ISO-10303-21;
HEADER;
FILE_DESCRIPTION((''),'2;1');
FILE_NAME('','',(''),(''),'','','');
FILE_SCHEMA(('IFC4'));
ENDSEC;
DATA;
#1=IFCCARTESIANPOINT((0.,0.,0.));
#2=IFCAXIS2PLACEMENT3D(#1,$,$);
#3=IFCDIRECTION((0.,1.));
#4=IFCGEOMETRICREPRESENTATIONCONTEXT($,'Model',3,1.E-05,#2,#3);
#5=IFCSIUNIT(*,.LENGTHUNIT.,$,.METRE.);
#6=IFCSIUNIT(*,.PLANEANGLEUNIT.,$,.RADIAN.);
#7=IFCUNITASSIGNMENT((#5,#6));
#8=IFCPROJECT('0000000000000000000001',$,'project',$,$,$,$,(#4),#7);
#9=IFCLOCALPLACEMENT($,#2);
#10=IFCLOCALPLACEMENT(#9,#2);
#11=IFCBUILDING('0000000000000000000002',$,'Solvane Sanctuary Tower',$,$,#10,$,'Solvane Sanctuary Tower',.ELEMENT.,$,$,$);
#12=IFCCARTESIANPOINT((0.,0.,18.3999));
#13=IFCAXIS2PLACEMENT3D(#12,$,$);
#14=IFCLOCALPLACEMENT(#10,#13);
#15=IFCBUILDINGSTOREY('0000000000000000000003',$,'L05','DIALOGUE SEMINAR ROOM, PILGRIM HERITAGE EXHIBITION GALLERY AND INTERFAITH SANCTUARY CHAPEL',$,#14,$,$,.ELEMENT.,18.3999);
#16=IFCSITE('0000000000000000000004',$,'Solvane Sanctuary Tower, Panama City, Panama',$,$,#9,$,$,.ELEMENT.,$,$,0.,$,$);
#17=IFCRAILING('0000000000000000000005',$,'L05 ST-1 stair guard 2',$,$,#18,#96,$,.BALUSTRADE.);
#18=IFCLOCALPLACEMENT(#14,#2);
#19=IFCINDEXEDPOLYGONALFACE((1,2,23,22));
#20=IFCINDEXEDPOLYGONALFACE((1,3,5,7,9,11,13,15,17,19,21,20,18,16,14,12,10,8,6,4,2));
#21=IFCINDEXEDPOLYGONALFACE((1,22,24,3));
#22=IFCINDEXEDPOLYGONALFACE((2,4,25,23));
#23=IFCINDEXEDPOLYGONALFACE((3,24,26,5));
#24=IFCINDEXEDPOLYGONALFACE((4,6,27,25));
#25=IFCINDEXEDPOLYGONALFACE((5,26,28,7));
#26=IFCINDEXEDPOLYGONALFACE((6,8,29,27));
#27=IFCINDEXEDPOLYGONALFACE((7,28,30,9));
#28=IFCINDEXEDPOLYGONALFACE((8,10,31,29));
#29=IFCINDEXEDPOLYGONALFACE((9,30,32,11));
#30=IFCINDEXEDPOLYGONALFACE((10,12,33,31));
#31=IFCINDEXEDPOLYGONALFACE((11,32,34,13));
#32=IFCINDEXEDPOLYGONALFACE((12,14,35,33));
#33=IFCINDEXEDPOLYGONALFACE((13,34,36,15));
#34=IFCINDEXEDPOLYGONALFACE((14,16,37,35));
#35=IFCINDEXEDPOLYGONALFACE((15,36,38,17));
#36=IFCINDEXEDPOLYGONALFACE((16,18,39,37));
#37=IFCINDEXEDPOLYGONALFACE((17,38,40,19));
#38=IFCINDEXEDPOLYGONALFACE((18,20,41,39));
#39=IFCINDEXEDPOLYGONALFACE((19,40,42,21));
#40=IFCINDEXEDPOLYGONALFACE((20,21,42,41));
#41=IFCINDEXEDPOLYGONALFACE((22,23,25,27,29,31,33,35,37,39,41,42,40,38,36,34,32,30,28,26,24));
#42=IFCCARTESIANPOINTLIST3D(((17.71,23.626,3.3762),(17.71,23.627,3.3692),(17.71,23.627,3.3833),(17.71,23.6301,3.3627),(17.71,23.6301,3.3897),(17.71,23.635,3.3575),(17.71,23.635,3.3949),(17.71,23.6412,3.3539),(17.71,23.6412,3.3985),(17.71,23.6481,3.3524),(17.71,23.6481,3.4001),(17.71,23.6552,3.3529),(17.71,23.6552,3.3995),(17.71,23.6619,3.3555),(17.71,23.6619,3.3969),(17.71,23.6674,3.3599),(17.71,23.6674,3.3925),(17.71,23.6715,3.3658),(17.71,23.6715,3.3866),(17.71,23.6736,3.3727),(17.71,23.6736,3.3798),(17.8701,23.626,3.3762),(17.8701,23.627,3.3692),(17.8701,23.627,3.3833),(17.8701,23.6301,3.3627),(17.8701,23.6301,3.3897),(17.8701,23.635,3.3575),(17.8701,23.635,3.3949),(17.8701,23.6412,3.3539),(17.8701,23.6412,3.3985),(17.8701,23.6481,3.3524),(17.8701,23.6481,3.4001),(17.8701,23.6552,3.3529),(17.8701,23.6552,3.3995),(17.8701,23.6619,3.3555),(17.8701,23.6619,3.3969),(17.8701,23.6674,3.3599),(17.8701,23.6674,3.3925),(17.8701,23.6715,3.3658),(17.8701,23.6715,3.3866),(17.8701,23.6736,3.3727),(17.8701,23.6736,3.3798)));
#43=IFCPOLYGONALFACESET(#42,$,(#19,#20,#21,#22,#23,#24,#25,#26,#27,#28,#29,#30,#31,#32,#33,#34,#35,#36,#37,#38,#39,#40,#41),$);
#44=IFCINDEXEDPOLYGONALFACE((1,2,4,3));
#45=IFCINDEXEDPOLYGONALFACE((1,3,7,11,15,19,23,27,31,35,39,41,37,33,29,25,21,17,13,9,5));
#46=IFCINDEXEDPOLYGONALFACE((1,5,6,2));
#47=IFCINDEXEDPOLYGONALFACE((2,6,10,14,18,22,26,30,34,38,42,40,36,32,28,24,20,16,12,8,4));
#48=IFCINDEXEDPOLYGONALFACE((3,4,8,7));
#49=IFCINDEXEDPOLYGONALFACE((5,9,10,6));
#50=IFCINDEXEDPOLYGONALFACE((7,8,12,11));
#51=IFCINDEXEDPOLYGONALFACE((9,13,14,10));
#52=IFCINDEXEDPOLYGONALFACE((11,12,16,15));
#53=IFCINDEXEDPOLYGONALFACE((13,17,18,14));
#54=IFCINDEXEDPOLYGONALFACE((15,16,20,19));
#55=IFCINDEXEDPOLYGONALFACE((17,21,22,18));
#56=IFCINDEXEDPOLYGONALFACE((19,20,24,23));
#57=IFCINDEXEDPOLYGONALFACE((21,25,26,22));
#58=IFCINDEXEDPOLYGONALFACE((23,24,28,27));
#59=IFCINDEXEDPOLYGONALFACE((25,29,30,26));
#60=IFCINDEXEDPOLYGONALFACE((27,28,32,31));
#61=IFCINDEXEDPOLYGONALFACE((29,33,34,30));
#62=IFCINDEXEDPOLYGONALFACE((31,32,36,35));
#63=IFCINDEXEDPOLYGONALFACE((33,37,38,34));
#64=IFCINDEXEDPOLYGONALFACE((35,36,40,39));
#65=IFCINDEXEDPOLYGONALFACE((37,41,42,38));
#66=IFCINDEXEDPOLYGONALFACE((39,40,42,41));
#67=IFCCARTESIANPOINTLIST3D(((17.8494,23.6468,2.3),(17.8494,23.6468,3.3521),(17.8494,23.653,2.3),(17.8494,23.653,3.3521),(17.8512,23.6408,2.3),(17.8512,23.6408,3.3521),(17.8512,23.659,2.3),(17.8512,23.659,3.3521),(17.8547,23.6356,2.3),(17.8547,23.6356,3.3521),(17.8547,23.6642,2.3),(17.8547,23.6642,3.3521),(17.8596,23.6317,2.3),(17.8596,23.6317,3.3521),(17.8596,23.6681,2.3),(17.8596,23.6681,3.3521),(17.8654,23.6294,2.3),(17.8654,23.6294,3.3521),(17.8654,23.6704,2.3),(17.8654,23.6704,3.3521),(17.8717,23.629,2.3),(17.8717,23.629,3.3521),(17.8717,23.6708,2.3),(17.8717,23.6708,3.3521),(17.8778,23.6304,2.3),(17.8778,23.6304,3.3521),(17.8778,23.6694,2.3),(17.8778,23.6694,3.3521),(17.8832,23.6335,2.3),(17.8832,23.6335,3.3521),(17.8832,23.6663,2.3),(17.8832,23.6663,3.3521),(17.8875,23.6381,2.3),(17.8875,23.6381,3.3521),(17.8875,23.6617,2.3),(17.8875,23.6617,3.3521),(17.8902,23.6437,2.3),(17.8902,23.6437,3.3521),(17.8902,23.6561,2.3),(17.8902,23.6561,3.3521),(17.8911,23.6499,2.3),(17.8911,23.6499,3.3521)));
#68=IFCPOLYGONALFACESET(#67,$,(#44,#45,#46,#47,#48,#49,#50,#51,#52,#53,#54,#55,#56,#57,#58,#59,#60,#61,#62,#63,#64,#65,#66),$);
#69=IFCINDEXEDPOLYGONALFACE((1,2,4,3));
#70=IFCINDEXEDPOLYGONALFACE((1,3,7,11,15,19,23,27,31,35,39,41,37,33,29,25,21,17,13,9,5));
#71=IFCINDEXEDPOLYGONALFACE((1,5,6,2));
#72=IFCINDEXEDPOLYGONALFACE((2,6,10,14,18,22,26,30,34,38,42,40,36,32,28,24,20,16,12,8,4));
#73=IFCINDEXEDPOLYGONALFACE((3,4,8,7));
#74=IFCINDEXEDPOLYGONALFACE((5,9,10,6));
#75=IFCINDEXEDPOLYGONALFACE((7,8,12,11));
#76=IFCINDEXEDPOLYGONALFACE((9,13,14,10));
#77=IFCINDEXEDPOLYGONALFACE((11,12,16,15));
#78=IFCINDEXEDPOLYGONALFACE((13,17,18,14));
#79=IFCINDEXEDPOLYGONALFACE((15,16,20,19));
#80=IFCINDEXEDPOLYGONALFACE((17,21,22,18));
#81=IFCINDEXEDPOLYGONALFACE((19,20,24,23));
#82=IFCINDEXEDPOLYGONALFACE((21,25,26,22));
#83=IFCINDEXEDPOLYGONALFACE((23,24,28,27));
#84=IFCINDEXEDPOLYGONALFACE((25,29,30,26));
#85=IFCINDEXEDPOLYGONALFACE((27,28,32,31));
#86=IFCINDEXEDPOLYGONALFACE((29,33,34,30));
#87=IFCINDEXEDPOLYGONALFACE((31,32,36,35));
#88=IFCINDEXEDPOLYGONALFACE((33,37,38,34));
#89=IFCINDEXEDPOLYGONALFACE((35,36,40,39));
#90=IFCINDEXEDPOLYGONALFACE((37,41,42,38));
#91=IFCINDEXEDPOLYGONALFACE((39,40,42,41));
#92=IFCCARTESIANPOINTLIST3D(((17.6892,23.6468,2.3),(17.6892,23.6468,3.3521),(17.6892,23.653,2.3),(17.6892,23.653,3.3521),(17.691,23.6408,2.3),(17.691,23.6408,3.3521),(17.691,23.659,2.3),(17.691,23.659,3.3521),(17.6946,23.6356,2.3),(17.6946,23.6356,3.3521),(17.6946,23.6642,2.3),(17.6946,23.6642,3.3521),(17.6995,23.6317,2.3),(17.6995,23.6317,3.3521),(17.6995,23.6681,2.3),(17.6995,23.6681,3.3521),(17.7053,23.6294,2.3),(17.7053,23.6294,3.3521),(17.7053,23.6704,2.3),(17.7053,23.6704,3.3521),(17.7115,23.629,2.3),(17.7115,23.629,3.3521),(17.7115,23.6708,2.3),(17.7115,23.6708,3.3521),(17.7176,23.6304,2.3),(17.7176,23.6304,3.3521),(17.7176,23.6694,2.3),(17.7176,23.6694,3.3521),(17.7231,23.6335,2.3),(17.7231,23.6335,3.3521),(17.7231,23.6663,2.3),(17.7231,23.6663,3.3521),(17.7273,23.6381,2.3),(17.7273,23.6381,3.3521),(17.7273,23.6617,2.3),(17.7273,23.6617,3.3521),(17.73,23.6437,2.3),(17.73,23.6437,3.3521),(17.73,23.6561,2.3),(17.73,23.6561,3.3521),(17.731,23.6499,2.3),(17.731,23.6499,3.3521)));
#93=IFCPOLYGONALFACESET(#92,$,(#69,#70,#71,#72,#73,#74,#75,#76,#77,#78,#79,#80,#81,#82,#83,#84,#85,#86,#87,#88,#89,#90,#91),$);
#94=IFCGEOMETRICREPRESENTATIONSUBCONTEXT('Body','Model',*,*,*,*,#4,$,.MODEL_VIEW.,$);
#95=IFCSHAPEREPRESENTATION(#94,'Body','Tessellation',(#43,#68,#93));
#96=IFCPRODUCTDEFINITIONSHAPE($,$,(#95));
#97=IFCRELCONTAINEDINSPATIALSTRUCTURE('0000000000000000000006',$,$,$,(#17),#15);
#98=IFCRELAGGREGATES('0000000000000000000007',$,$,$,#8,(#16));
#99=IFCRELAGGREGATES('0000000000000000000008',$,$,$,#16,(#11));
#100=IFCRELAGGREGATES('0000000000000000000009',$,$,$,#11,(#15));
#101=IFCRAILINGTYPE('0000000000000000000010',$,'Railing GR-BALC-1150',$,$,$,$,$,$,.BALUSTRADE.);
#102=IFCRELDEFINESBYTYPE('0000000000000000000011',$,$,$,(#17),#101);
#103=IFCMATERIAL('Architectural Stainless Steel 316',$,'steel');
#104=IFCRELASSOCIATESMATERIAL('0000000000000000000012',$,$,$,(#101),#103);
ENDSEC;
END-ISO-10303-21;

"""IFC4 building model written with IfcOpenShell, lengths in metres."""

from ifc_helpers import new_model, si_unit, direction, frame, origin, origin_2d, place, context, subcontext, project, spatial, circle, extrude, material, type_object, element, save


model = new_model("IFC4")

# Units and contexts
model_context = context("Model", 3, precision=1e-05, world=origin(), true_north=direction((0.0, 1.0)))
body_context = subcontext(model_context, "Body", "Model", "MODEL_VIEW")
ifc_project = project(units=[si_unit("LENGTHUNIT", "METRE"), si_unit("PLANEANGLEUNIT", "RADIAN")], contexts=[model_context])

# Site, building, storey
site_placement = place(None, origin())
site = spatial("IfcSite", under=ifc_project, at=site_placement, Name="Solvane Sanctuary Tower, Panama City, Panama", CompositionType="ELEMENT", RefElevation=0.0)
building_placement = place(site_placement, origin())
building = spatial("IfcBuilding", under=site, at=building_placement, Name="Solvane Sanctuary Tower", LongName="Solvane Sanctuary Tower", CompositionType="ELEMENT")
storey_placement = place(building_placement, frame((0.0, 0.0, 18.3999)))
storey = spatial("IfcBuildingStorey", under=building, at=storey_placement, Name="L05", Description="DIALOGUE SEMINAR ROOM, PILGRIM HERITAGE EXHIBITION GALLERY AND INTERFAITH SANCTUARY CHAPEL", CompositionType="ELEMENT", Elevation=18.3999)

# Railing
ifc_material_1 = material(Name="Architectural Stainless Steel 316", Category="steel")
railing_type_1 = type_object("IfcRailingType", Name="Railing GR-BALC-1150", PredefinedType="BALUSTRADE", material=ifc_material_1)
railing_1_placement = place(storey_placement, frame((17.8701, 23.6499, 2.3)))
element("IfcRailing", 1, at=railing_1_placement, inside=storey, type_object=railing_type_1, Name="L05 ST-1 stair guard 2", PredefinedType="BALUSTRADE", context=body_context, shape_type="SweptSolid", body=[
    extrude(circle(Radius=0.0239, at=origin_2d()), frame((0.0, 0.0, 1.0762), z_axis=(-1.0, 0.0, 0.0), x_axis=(0.0, -1.0, 0.0)), (0.0, 0.0, 1.0), 0.1602),
    extrude(circle(Radius=0.021, at=origin_2d()), origin(), (0.0, 0.0, 1.0), 1.052),
    extrude(circle(Radius=0.021, at=origin_2d()), frame((-0.1602, 0.0, 0.0)), (0.0, 0.0, 1.0), 1.052),
])

save(model, "model.ifc")
